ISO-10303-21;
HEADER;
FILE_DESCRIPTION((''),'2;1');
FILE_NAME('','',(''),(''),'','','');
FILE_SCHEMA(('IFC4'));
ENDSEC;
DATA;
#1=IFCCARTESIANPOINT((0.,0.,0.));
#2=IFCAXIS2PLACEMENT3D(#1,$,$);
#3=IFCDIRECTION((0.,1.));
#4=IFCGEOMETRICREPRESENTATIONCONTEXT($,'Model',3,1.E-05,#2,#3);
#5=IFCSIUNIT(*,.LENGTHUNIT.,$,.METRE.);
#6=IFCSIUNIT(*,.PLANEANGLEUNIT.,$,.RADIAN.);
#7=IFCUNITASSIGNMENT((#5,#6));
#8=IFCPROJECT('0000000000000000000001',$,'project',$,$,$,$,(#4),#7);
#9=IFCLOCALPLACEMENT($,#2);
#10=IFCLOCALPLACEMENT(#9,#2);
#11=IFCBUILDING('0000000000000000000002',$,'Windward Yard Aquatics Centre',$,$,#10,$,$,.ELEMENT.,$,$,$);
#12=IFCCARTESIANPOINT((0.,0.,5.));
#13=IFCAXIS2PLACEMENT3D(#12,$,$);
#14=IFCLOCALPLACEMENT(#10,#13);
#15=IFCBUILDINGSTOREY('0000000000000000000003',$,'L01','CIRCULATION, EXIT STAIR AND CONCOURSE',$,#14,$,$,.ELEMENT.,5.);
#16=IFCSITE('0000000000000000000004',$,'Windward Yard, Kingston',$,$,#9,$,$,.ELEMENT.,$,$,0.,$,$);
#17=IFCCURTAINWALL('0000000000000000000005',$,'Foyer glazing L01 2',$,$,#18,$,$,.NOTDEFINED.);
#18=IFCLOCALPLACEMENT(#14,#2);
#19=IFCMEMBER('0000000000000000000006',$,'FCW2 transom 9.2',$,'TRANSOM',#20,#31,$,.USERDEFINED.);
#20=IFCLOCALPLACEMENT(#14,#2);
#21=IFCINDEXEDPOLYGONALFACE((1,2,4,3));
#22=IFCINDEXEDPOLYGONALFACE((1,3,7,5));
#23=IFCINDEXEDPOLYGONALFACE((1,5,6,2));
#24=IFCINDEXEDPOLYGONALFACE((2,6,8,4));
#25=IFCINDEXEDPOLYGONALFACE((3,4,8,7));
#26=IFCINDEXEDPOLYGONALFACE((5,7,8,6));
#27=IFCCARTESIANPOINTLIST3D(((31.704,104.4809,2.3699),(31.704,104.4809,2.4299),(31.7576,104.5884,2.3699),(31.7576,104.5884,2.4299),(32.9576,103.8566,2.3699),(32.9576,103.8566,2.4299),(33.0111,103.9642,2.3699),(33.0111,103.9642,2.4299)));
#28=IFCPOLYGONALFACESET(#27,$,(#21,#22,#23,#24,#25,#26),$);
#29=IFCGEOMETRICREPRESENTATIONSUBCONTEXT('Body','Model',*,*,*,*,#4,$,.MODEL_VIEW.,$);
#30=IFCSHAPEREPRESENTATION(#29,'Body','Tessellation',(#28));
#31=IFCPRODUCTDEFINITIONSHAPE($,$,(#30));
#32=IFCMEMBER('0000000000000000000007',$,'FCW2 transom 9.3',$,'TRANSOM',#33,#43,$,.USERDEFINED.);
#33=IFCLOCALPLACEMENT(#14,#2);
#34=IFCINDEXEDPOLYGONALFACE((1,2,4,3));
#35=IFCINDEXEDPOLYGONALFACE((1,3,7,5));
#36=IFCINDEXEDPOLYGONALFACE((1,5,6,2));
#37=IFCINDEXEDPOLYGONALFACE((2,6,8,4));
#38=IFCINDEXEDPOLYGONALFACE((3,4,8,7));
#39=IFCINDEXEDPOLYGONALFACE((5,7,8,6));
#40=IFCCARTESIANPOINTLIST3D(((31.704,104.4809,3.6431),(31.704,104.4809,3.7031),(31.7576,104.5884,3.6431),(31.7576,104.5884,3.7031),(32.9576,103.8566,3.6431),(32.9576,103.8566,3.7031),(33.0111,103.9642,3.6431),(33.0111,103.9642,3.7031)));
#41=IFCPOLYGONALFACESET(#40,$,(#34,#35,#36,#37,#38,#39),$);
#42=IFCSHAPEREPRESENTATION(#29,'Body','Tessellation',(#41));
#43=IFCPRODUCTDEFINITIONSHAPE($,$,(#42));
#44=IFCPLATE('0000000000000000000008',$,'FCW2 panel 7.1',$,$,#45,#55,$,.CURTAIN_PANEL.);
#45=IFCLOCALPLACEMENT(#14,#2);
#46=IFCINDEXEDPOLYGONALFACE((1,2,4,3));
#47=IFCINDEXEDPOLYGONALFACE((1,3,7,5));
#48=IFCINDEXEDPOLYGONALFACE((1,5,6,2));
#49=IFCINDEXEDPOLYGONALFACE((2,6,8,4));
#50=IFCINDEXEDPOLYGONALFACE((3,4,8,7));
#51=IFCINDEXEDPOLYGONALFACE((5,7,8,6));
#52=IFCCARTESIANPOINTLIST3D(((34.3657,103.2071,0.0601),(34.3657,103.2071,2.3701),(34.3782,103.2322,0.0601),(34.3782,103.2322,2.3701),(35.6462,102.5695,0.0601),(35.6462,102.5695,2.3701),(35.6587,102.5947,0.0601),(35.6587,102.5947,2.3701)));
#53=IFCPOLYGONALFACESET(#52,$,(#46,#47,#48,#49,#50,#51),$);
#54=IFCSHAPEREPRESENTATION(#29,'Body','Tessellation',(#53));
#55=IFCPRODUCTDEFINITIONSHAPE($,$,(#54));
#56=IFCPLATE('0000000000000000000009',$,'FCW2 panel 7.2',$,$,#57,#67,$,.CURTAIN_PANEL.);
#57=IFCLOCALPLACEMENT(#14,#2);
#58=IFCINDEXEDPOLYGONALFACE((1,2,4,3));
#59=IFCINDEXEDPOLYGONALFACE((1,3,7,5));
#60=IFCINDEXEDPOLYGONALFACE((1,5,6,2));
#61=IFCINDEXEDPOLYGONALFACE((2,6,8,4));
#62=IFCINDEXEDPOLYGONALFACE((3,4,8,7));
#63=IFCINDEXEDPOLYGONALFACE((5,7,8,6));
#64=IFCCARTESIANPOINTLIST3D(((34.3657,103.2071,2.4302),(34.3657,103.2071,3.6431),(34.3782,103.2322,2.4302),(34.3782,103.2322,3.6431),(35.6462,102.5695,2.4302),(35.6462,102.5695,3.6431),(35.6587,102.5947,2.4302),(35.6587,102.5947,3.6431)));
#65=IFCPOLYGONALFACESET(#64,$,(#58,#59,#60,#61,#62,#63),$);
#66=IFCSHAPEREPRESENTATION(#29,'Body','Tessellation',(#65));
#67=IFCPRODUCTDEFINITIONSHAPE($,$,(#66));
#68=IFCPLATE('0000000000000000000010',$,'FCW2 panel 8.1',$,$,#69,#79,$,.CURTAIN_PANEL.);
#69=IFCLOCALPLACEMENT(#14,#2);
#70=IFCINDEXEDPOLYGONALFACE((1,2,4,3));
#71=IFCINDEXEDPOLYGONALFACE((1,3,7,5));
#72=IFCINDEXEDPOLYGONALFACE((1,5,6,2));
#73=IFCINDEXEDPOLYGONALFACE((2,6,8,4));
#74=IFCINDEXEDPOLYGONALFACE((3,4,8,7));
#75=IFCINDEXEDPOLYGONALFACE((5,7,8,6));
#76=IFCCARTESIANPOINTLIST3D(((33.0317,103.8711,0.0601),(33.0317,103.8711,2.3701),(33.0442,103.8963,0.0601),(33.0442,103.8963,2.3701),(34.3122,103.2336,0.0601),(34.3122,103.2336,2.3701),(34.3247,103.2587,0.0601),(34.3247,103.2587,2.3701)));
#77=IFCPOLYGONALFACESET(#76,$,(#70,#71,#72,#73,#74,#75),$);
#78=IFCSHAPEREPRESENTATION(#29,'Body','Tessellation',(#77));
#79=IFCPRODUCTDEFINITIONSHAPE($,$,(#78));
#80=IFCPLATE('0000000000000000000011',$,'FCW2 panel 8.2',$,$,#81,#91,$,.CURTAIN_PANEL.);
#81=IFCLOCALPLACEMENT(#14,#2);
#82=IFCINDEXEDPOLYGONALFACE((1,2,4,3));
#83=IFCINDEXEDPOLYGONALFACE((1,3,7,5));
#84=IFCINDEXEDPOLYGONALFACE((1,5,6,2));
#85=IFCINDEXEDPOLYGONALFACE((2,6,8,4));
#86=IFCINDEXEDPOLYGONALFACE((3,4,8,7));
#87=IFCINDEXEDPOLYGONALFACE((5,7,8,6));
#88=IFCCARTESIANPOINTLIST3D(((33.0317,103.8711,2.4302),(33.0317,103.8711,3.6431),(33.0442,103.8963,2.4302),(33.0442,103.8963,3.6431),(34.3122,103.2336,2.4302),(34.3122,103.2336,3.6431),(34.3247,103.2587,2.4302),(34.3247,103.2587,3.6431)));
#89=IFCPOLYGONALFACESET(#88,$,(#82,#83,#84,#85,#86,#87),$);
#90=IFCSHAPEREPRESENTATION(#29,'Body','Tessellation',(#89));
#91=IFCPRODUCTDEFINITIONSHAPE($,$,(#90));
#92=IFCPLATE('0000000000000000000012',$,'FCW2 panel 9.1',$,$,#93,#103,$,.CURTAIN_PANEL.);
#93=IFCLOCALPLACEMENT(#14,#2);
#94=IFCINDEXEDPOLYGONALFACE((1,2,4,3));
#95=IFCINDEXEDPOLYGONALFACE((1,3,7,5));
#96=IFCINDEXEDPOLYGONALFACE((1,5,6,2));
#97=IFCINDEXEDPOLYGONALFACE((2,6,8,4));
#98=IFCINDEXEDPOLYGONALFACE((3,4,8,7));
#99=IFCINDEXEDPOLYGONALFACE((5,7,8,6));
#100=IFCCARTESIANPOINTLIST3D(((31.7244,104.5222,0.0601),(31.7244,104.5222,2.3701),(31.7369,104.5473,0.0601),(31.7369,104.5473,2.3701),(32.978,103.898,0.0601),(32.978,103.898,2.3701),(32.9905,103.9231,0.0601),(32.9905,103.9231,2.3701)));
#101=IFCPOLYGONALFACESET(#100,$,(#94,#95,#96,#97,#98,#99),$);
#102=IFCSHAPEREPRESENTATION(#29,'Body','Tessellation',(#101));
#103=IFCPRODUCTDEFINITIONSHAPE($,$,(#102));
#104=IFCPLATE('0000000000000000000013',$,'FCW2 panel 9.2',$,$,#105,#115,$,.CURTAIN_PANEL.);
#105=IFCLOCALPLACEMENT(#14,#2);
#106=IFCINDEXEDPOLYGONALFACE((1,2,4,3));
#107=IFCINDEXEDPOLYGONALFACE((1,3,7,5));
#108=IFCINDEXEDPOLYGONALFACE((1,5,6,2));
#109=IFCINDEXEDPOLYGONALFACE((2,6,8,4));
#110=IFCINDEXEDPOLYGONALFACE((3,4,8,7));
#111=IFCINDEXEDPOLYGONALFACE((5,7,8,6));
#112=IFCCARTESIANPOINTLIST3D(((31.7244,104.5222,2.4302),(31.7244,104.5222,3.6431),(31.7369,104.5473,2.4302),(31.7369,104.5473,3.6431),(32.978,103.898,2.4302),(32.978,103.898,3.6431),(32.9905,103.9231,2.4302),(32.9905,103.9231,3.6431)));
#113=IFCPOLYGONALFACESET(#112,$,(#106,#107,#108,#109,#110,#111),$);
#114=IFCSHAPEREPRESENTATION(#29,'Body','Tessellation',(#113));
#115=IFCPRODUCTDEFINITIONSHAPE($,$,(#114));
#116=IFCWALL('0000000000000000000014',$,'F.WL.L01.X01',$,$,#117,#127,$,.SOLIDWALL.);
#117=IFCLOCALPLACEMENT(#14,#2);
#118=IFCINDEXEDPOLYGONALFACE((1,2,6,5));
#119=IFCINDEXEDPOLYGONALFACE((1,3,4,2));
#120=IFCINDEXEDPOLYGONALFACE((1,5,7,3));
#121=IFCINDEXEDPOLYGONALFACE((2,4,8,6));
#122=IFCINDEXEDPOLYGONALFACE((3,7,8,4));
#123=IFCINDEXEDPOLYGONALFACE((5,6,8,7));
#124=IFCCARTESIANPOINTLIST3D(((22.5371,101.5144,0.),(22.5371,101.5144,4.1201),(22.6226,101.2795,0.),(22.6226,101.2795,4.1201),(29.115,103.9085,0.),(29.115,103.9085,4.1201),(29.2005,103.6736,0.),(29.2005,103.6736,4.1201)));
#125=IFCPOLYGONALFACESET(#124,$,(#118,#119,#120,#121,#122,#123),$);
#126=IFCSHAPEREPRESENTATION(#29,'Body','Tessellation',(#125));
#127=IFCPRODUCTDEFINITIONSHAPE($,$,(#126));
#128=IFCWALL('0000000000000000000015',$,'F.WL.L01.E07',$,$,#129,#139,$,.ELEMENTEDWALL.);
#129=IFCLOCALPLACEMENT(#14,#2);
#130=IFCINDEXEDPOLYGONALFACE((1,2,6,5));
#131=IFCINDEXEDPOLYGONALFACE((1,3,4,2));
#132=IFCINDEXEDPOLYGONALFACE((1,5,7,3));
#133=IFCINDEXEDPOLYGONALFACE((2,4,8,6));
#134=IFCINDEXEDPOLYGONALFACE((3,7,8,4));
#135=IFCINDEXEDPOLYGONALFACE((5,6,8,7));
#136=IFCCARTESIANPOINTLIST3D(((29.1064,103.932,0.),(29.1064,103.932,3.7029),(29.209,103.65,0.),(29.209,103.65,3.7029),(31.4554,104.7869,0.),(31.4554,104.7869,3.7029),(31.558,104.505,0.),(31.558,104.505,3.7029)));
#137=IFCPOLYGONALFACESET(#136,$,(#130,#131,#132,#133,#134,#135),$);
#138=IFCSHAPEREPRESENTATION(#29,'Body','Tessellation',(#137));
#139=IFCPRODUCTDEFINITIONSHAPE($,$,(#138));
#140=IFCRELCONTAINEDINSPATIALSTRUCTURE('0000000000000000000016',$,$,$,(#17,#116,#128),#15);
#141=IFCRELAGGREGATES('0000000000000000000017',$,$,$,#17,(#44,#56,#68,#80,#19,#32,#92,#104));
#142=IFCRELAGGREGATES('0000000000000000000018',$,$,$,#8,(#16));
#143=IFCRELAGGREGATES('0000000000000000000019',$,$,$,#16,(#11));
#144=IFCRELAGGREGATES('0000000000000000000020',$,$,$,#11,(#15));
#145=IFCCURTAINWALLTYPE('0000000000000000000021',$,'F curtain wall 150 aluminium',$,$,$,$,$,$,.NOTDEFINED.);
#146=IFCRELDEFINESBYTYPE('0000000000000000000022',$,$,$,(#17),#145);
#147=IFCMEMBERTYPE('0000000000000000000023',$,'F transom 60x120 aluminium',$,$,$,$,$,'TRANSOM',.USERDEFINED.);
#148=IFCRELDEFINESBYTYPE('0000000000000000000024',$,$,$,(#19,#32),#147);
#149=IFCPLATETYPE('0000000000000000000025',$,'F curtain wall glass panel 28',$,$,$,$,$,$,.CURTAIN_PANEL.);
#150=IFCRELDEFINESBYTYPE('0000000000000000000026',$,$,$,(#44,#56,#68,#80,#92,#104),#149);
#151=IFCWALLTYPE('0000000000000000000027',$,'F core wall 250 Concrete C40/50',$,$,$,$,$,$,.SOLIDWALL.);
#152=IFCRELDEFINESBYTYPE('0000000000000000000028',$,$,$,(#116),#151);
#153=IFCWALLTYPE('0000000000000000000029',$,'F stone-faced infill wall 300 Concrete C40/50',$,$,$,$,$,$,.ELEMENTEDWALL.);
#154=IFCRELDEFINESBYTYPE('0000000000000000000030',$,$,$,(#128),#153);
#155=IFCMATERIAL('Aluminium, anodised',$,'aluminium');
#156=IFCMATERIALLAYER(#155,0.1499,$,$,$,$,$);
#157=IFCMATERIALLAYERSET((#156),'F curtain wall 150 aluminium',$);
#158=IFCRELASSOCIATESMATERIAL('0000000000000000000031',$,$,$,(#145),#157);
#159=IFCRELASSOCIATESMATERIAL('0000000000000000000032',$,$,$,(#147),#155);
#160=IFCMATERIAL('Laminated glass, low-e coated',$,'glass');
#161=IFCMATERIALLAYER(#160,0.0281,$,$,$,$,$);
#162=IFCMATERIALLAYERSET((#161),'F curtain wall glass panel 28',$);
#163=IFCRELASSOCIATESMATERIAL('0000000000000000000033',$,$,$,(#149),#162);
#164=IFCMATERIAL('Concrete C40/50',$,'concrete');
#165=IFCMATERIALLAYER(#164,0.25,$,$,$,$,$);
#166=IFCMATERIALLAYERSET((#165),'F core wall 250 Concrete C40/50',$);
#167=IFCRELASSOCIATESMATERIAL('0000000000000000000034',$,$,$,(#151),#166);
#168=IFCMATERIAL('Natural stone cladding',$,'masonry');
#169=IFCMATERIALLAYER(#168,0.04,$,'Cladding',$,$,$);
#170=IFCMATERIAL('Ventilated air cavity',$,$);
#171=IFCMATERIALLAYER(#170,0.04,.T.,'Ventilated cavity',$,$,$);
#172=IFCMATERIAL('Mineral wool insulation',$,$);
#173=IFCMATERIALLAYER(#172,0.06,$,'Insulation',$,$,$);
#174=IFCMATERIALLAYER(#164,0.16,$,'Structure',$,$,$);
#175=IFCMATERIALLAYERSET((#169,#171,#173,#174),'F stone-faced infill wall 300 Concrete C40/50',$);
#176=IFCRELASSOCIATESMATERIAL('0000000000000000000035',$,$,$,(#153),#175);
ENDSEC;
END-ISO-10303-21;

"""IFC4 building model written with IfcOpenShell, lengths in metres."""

from ifc_helpers import new_model, si_unit, direction, frame, frame_2d, origin, origin_2d, place, context, subcontext, project, spatial, rectangle, extrude, material, layer, layer_set, material_profile, profile_set, type_object, element, aggregate, save


model = new_model("IFC4")

# Units and contexts
model_context = context("Model", 3, precision=1e-05, world=origin(), true_north=direction((0.0, 1.0)))
body_context = subcontext(model_context, "Body", "Model", "MODEL_VIEW")
ifc_project = project(units=[si_unit("LENGTHUNIT", "METRE"), si_unit("PLANEANGLEUNIT", "RADIAN")], contexts=[model_context])

# Site, building, storey
site_placement = place(None, origin())
site = spatial("IfcSite", under=ifc_project, at=site_placement, Name="Windward Yard, Kingston", CompositionType="ELEMENT", RefElevation=0.0)
building_placement = place(site_placement, origin())
building = spatial("IfcBuilding", under=site, at=building_placement, Name="Windward Yard Aquatics Centre", CompositionType="ELEMENT")
storey_placement = place(building_placement, frame((0.0, 0.0, 5.0)))
storey = spatial("IfcBuildingStorey", under=building, at=storey_placement, Name="L01", Description="CIRCULATION, EXIT STAIR AND CONCOURSE", CompositionType="ELEMENT", Elevation=5.0)

# Curtain wall, members, plates
ifc_material_1 = material(Name="Aluminium, anodised", Category="aluminium")
ifc_layer_1 = layer(ifc_material_1, 0.1499)
ifc_layer_set_1 = layer_set([ifc_layer_1], Name="F curtain wall 150 aluminium")
curtain_wall_type = type_object("IfcCurtainWallType", Name="F curtain wall 150 aluminium", PredefinedType="NOTDEFINED", material=ifc_layer_set_1)
curtain_wall_placement = place(storey_placement, origin())
curtain_wall = element("IfcCurtainWall", 1, at=curtain_wall_placement, inside=storey, type_object=curtain_wall_type, Name="Foyer glazing L01 2", PredefinedType="NOTDEFINED")
ifc_material_profile_1 = material_profile(ifc_material_1, rectangle(XDim=0.1201, YDim=0.0601, at=origin_2d()), Name="TRANSOM 60x120")
ifc_profile_set_1 = profile_set([ifc_material_profile_1], Name="Aluminium, anodised")
member_type_1 = type_object("IfcMemberType", Name="F transom 60x120 aluminium", ElementType="TRANSOM", PredefinedType="USERDEFINED", material=ifc_profile_set_1)
member_1_placement = place(storey_placement, frame((32.9844, 103.9104, 2.3999), z_axis=(-0.895158, 0.445749, 0.0), x_axis=(-0.445749, -0.895158, 0.0)))
member_1 = element("IfcMember", 2, at=member_1_placement, type_object=member_type_1, Name="FCW2 transom 9.2", ObjectType="TRANSOM", PredefinedType="USERDEFINED", context=body_context, shape_type="SweptSolid", body=[
    extrude(rectangle(XDim=0.1201, YDim=0.0601, at=origin_2d()), origin(), (0.0, 0.0, 1.0), 1.4004),
])
member_2_placement = place(storey_placement, frame((32.9844, 103.9104, 3.6731), z_axis=(-0.895158, 0.445749, 0.0), x_axis=(-0.445749, -0.895158, 0.0)))
member_2 = element("IfcMember", 3, at=member_2_placement, type_object=member_type_1, Name="FCW2 transom 9.3", ObjectType="TRANSOM", PredefinedType="USERDEFINED", context=body_context, shape_type="SweptSolid", body=[
    extrude(rectangle(XDim=0.1201, YDim=0.0601, at=origin_2d()), origin(), (0.0, 0.0, 1.0), 1.4004),
])
ifc_material_2 = material(Name="Laminated glass, low-e coated", Category="glass")
ifc_layer_2 = layer(ifc_material_2, 0.0281)
ifc_layer_set_2 = layer_set([ifc_layer_2], Name="F curtain wall glass panel 28")
plate_type = type_object("IfcPlateType", Name="F curtain wall glass panel 28", PredefinedType="CURTAIN_PANEL", material=ifc_layer_set_2)
plate_1_placement = place(storey_placement, frame((35.0122, 102.9009, 0.0601), z_axis=(0.0, 0.0, 1.0), x_axis=(-0.895179, 0.445707, 0.0)))
plate_1 = element("IfcPlate", 4, at=plate_1_placement, type_object=plate_type, Name="FCW2 panel 7.1", PredefinedType="CURTAIN_PANEL", context=body_context, shape_type="SweptSolid", body=[
    extrude(rectangle(XDim=1.4304, YDim=0.0281, at=origin_2d()), origin(), (0.0, 0.0, 1.0), 2.3101),
])
plate_2_placement = place(storey_placement, frame((35.0122, 102.9009, 2.4302), z_axis=(0.0, 0.0, 1.0), x_axis=(-0.895179, 0.445707, 0.0)))
plate_2 = element("IfcPlate", 5, at=plate_2_placement, type_object=plate_type, Name="FCW2 panel 7.2", PredefinedType="CURTAIN_PANEL", context=body_context, shape_type="SweptSolid", body=[
    extrude(rectangle(XDim=1.4304, YDim=0.0281, at=origin_2d()), origin(), (0.0, 0.0, 1.0), 1.2129),
])
plate_3_placement = place(storey_placement, frame((33.6782, 103.5649, 0.0601), z_axis=(0.0, 0.0, 1.0), x_axis=(-0.895179, 0.445707, 0.0)))
plate_3 = element("IfcPlate", 6, at=plate_3_placement, type_object=plate_type, Name="FCW2 panel 8.1", PredefinedType="CURTAIN_PANEL", context=body_context, shape_type="SweptSolid", body=[
    extrude(rectangle(XDim=1.4304, YDim=0.0281, at=origin_2d()), origin(), (0.0, 0.0, 1.0), 2.3101),
])
plate_4_placement = place(storey_placement, frame((33.6782, 103.5649, 2.4302), z_axis=(0.0, 0.0, 1.0), x_axis=(-0.895179, 0.445707, 0.0)))
plate_4 = element("IfcPlate", 7, at=plate_4_placement, type_object=plate_type, Name="FCW2 panel 8.2", PredefinedType="CURTAIN_PANEL", context=body_context, shape_type="SweptSolid", body=[
    extrude(rectangle(XDim=1.4304, YDim=0.0281, at=origin_2d()), origin(), (0.0, 0.0, 1.0), 1.2129),
])
plate_5_placement = place(storey_placement, frame((32.3574, 104.2227, 0.0601), z_axis=(0.0, 0.0, 1.0), x_axis=(-0.895179, 0.445707, 0.0)))
plate_5 = element("IfcPlate", 8, at=plate_5_placement, type_object=plate_type, Name="FCW2 panel 9.1", PredefinedType="CURTAIN_PANEL", context=body_context, shape_type="SweptSolid", body=[
    extrude(rectangle(XDim=1.4004, YDim=0.0281, at=origin_2d()), origin(), (0.0, 0.0, 1.0), 2.3101),
])
plate_6_placement = place(storey_placement, frame((32.3574, 104.2227, 2.4302), z_axis=(0.0, 0.0, 1.0), x_axis=(-0.895179, 0.445707, 0.0)))
plate_6 = element("IfcPlate", 9, at=plate_6_placement, type_object=plate_type, Name="FCW2 panel 9.2", PredefinedType="CURTAIN_PANEL", context=body_context, shape_type="SweptSolid", body=[
    extrude(rectangle(XDim=1.4004, YDim=0.0281, at=origin_2d()), origin(), (0.0, 0.0, 1.0), 1.2129),
])
aggregate(curtain_wall, [plate_1, plate_2, plate_3, plate_4, member_1, member_2, plate_5, plate_6])

# Walls
ifc_material_3 = material(Name="Concrete C40/50", Category="concrete")
ifc_layer_3 = layer(ifc_material_3, 0.25)
ifc_layer_set_3 = layer_set([ifc_layer_3], Name="F core wall 250 Concrete C40/50")
wall_type_1 = type_object("IfcWallType", Name="F core wall 250 Concrete C40/50", PredefinedType="SOLIDWALL", material=ifc_layer_set_3)
wall_1_placement = place(storey_placement, frame((29.1577, 103.791, 0.0), z_axis=(0.0, 0.0, 1.0), x_axis=(-0.939698, -0.342006, 0.0)))
element("IfcWall", 10, at=wall_1_placement, inside=storey, type_object=wall_type_1, Name="F.WL.L01.X01", PredefinedType="SOLIDWALL", context=body_context, shape_type="SweptSolid", body=[
    extrude(rectangle(XDim=7.0, YDim=0.25, at=frame_2d((3.5, 0.0))), origin(), (0.0, 0.0, 1.0), 4.1201),
])
ifc_material_4 = material(Name="Natural stone cladding", Category="masonry")
ifc_layer_4 = layer(ifc_material_4, 0.04, Name="Cladding")
ifc_material_5 = material(Name="Ventilated air cavity")
ifc_layer_5 = layer(ifc_material_5, 0.04, ventilated=True, Name="Ventilated cavity")
ifc_material_6 = material(Name="Mineral wool insulation")
ifc_layer_6 = layer(ifc_material_6, 0.06, Name="Insulation")
ifc_layer_7 = layer(ifc_material_3, 0.16, Name="Structure")
ifc_layer_set_4 = layer_set([ifc_layer_4, ifc_layer_5, ifc_layer_6, ifc_layer_7], Name="F stone-faced infill wall 300 Concrete C40/50")
wall_type_2 = type_object("IfcWallType", Name="F stone-faced infill wall 300 Concrete C40/50", PredefinedType="ELEMENTEDWALL", material=ifc_layer_set_4)
wall_2_placement = place(storey_placement, frame((31.5068, 104.646, 0.0), z_axis=(0.0, 0.0, 1.0), x_axis=(-0.939696, -0.34201, 0.0)))
element("IfcWall", 11, at=wall_2_placement, inside=storey, type_object=wall_type_2, Name="F.WL.L01.E07", PredefinedType="ELEMENTEDWALL", context=body_context, shape_type="SweptSolid", body=[
    extrude(rectangle(XDim=2.4998, YDim=0.3, at=frame_2d((1.25, 0.0))), origin(), (0.0, 0.0, 1.0), 3.7029),
])

save(model, "model.ifc")
